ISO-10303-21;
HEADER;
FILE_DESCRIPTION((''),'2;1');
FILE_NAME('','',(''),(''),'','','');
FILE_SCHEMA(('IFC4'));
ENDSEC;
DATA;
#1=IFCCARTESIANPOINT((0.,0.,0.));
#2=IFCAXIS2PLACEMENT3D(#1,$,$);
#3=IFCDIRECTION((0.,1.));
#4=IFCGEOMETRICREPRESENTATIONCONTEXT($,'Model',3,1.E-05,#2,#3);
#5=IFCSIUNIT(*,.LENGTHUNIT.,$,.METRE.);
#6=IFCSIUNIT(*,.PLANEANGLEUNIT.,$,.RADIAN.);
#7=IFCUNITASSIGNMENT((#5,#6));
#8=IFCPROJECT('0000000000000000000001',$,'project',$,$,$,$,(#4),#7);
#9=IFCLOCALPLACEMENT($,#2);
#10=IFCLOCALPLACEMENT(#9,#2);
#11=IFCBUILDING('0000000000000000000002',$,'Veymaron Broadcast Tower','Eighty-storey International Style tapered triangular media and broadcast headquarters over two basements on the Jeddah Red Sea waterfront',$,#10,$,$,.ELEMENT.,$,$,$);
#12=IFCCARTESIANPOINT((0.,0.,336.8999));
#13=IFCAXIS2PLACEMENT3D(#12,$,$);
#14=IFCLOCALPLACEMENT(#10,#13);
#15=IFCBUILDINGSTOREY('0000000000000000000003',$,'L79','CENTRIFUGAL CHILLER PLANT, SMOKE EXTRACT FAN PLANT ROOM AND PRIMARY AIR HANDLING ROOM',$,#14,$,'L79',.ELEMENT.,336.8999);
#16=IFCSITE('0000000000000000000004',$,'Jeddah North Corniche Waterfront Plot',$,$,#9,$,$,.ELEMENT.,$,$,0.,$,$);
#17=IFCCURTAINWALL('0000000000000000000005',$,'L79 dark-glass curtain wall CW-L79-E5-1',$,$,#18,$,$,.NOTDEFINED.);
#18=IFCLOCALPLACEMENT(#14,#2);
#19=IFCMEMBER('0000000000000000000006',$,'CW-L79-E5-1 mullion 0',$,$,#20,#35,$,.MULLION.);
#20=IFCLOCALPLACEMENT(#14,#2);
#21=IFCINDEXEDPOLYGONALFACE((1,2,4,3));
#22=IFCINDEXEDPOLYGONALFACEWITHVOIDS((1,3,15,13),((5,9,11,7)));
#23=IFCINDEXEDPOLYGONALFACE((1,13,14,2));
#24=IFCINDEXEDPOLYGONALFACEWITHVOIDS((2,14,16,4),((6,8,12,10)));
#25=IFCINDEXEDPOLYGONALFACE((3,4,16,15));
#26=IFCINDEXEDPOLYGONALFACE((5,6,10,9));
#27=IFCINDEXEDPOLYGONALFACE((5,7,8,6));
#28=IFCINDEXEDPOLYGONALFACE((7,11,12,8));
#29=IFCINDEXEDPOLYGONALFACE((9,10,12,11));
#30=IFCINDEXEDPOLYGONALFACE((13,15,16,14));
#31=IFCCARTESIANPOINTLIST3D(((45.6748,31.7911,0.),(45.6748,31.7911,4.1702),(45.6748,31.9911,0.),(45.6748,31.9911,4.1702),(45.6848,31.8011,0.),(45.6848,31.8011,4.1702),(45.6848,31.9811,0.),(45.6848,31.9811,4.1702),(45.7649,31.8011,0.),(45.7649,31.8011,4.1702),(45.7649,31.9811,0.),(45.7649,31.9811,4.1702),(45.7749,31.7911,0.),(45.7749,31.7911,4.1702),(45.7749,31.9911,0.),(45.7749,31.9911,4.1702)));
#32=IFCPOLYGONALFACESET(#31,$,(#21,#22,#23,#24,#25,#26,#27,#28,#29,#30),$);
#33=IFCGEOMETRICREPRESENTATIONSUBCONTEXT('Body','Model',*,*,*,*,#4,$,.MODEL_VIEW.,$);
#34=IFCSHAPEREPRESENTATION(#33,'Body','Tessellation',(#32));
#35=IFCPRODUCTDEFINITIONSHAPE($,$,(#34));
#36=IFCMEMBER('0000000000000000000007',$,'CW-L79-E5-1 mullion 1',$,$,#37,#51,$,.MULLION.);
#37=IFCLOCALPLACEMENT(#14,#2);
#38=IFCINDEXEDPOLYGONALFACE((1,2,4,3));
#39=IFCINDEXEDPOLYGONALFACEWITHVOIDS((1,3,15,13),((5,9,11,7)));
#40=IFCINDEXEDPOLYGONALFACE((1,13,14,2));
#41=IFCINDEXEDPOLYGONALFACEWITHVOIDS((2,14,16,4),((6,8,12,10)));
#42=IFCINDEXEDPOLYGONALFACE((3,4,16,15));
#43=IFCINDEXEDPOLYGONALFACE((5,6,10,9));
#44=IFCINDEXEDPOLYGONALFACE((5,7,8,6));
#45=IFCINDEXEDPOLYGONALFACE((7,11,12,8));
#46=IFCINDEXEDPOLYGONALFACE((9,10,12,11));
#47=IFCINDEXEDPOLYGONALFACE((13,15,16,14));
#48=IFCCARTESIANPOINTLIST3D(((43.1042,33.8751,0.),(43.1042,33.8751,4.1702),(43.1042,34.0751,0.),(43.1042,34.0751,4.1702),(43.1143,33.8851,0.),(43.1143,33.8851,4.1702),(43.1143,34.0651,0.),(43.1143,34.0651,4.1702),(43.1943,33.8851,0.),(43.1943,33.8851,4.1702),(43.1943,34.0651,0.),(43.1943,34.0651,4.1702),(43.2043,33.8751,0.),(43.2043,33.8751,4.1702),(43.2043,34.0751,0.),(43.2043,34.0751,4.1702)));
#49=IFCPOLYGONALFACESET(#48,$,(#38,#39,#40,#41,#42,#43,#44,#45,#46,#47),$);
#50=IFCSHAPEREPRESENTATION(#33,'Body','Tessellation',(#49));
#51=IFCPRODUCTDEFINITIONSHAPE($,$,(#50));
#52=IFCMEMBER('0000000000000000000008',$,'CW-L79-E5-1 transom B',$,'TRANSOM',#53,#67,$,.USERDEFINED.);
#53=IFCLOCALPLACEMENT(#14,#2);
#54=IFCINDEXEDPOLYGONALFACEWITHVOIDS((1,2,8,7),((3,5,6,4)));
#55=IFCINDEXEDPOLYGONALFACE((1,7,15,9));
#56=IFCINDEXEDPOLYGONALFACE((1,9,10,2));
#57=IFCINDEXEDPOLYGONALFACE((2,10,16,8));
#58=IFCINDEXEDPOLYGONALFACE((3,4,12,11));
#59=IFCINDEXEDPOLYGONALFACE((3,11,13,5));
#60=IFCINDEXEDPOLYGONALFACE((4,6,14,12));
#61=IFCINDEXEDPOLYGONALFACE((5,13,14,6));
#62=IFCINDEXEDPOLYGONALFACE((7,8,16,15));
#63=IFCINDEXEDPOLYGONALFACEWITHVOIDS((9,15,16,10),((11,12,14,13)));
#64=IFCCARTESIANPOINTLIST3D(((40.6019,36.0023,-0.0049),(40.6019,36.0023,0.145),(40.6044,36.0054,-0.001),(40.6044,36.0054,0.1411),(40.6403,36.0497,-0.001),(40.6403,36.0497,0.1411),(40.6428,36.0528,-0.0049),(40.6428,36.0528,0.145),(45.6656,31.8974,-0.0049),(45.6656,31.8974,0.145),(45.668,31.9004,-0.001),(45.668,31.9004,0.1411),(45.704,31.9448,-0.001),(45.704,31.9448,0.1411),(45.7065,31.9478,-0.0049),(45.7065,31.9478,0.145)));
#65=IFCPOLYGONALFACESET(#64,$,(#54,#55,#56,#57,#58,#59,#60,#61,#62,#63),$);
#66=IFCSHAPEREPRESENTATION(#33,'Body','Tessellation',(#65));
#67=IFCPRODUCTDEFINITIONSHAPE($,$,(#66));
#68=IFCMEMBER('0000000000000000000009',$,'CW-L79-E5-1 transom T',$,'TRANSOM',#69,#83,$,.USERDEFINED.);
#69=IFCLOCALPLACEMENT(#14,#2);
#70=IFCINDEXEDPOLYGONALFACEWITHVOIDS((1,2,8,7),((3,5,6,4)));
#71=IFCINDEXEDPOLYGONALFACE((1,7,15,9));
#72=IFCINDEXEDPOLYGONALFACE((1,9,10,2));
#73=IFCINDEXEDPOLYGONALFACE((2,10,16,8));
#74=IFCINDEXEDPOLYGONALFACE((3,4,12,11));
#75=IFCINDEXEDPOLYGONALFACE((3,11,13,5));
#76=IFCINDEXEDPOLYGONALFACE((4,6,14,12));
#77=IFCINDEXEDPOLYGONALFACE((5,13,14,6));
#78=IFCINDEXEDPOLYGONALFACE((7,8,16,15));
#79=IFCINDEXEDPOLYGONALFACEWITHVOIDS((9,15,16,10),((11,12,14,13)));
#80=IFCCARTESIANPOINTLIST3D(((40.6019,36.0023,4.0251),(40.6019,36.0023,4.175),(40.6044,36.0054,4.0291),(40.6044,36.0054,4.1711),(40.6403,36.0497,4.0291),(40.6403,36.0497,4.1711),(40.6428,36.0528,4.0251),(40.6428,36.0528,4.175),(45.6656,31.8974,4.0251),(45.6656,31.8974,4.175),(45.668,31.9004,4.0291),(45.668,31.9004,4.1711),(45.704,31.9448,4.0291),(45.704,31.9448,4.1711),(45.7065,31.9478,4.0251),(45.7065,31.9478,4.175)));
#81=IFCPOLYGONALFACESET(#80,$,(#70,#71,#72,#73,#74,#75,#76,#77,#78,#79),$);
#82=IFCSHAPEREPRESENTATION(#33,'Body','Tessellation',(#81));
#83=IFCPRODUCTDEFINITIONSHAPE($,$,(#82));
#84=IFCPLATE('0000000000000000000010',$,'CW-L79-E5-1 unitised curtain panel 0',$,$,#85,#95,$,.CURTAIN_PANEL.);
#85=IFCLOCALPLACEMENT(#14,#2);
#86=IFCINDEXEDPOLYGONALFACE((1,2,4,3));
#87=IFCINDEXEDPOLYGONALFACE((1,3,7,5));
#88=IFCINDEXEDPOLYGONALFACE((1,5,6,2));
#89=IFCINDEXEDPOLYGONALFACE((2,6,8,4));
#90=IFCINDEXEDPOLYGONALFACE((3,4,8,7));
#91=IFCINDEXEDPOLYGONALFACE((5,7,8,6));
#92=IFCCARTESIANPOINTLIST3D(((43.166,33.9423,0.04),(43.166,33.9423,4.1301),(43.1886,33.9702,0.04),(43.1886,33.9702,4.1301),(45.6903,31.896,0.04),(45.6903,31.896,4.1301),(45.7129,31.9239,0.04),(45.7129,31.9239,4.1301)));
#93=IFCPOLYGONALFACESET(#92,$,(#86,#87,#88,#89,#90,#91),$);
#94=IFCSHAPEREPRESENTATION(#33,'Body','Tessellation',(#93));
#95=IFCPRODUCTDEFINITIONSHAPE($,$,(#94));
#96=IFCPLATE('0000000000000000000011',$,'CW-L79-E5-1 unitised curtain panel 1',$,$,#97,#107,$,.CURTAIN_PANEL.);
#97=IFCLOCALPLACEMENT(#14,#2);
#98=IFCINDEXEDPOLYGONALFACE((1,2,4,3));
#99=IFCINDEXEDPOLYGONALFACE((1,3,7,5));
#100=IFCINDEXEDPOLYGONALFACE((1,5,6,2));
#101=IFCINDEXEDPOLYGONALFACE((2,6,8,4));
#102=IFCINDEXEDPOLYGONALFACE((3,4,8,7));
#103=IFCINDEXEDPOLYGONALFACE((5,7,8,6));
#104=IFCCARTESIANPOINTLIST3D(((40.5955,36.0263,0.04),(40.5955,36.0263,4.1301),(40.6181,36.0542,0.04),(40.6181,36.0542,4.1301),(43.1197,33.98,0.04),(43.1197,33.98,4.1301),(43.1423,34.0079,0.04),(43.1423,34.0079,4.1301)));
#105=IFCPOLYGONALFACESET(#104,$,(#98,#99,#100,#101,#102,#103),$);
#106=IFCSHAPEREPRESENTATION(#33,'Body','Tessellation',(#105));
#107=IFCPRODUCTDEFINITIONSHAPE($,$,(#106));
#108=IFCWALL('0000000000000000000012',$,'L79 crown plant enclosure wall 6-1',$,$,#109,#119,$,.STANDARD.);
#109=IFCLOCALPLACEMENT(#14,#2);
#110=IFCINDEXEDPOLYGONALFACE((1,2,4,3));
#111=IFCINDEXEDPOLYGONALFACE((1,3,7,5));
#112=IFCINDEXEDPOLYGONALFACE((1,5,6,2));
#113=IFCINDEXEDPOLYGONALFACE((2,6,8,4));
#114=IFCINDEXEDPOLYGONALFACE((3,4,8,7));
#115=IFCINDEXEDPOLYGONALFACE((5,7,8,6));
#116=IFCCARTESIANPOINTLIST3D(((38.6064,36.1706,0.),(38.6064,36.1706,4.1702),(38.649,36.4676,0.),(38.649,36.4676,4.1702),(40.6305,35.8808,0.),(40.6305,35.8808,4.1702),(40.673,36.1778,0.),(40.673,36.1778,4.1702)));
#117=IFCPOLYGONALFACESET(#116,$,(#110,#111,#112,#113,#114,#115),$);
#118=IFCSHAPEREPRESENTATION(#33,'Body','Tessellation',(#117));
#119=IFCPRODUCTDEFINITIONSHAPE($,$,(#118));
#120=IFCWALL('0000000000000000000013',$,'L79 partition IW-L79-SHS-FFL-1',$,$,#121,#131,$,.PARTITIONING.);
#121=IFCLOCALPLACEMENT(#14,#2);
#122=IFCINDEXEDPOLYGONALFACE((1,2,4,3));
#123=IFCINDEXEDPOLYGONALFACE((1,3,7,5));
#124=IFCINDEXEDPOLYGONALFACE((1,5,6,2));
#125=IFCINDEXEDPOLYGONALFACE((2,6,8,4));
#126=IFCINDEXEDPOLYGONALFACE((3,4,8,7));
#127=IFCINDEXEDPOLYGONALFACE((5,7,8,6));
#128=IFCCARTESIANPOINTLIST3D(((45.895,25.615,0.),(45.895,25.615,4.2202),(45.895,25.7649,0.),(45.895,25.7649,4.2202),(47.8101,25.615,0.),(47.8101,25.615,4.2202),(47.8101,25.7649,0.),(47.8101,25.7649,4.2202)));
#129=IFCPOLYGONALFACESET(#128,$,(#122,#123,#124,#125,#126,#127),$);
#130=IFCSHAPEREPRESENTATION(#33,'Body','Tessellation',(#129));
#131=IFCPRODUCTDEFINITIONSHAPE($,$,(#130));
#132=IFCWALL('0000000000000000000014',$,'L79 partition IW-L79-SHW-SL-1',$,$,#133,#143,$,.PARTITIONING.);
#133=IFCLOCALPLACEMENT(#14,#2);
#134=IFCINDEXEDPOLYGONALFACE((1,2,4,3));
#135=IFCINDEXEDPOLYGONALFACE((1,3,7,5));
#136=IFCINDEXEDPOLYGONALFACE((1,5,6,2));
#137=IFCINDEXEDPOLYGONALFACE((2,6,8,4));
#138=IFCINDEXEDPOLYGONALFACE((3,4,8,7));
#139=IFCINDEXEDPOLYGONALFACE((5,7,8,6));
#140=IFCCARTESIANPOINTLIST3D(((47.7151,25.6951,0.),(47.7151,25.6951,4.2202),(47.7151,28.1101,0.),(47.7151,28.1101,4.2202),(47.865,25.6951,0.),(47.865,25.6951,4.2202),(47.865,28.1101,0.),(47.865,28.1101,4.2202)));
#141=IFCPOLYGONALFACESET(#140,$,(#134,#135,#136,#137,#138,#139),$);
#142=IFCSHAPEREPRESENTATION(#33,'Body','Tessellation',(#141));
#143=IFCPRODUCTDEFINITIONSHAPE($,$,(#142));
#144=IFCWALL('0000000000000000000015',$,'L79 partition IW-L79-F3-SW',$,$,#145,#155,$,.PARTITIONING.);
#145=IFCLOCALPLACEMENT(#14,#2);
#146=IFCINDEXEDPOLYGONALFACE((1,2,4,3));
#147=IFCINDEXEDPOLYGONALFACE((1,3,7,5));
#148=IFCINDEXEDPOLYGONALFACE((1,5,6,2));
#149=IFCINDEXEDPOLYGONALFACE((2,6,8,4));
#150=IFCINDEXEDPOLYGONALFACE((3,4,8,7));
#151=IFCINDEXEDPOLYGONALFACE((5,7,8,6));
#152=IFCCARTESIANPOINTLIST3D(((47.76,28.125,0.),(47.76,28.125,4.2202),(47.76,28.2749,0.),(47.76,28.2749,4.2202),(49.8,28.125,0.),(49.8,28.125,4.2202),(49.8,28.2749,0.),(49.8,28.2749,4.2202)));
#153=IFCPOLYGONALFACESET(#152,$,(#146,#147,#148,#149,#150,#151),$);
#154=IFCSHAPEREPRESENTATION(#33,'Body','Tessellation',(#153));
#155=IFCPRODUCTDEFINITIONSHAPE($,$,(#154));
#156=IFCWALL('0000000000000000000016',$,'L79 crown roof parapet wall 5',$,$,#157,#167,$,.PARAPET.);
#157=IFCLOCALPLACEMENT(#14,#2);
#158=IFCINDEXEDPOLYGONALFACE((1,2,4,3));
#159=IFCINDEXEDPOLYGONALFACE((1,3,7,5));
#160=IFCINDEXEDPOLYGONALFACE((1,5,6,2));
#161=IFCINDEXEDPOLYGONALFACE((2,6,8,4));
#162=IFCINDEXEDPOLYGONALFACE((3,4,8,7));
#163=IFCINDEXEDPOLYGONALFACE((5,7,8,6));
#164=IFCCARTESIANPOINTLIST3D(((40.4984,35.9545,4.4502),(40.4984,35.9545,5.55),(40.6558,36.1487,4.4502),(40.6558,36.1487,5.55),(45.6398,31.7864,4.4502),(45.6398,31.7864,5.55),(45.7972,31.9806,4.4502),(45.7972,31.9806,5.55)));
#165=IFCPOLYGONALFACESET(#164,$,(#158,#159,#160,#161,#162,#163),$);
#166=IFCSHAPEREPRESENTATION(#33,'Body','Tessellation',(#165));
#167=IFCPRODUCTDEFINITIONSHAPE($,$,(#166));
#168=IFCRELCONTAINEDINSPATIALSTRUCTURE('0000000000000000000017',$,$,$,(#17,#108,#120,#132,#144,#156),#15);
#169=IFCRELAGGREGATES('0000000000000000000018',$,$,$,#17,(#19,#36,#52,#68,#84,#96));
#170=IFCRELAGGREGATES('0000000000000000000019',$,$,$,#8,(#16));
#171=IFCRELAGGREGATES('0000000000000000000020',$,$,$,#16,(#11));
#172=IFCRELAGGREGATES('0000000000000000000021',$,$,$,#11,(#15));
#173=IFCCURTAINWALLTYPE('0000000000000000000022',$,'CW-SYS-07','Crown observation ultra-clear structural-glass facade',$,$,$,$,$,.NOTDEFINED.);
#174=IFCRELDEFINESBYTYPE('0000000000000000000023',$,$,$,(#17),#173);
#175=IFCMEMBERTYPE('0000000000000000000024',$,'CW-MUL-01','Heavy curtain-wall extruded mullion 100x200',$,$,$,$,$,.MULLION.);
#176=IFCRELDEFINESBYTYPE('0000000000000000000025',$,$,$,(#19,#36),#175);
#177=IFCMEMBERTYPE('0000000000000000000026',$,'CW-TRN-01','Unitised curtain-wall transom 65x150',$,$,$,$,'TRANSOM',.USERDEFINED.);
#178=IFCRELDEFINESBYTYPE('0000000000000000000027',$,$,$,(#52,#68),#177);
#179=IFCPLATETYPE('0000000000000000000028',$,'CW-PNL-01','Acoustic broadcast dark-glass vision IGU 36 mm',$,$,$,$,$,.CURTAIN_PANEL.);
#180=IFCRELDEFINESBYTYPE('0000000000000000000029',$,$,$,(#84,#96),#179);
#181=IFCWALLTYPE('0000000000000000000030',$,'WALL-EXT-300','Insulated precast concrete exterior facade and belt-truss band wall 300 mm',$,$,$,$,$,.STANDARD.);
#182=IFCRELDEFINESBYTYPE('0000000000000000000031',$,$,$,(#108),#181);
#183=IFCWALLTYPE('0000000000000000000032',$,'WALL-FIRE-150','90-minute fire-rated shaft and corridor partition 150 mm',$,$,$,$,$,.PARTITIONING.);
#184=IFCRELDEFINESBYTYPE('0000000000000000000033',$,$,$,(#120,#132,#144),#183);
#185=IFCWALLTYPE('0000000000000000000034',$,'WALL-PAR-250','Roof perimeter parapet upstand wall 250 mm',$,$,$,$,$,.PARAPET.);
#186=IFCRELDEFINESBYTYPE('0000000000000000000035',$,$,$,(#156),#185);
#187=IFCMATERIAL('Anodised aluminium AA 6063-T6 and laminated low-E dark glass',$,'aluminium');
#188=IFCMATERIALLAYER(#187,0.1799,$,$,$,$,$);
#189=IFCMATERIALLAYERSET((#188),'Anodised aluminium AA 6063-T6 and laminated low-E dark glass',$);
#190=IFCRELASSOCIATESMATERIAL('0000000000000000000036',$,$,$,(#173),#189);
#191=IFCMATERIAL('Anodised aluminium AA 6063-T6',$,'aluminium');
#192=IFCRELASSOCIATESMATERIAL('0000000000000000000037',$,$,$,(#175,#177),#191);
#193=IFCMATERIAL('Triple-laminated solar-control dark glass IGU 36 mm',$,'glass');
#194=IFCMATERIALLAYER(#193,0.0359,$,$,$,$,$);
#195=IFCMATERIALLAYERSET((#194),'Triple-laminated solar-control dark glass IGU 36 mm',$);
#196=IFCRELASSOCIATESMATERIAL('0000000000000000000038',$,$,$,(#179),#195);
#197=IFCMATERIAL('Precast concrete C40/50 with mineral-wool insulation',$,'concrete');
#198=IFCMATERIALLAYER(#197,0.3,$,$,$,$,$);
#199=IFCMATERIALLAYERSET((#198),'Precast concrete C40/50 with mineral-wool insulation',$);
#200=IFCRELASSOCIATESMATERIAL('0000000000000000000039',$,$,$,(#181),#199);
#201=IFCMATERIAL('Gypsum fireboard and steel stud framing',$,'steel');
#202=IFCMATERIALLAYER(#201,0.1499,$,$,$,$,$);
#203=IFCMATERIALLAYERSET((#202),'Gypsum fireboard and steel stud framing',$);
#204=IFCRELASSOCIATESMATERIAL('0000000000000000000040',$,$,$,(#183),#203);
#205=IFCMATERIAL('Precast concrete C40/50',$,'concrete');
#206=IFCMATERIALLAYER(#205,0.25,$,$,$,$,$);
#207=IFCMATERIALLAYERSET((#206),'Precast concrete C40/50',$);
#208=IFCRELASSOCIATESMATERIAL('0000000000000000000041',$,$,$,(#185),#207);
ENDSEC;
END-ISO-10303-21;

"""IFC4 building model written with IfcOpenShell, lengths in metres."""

from ifc_helpers import new_model, si_unit, direction, frame, frame_2d, origin, origin_2d, place, context, subcontext, project, spatial, rectangle, hollow_rectangle, extrude, material, layer, layer_set, material_profile, profile_set, type_object, element, aggregate, save


model = new_model("IFC4")

# Units and contexts
model_context = context("Model", 3, precision=1e-05, world=origin(), true_north=direction((0.0, 1.0)))
body_context = subcontext(model_context, "Body", "Model", "MODEL_VIEW")
ifc_project = project(units=[si_unit("LENGTHUNIT", "METRE"), si_unit("PLANEANGLEUNIT", "RADIAN")], contexts=[model_context])

# Site, building, storey
site_placement = place(None, origin())
site = spatial("IfcSite", under=ifc_project, at=site_placement, Name="Jeddah North Corniche Waterfront Plot", CompositionType="ELEMENT", RefElevation=0.0)
building_placement = place(site_placement, origin())
building = spatial("IfcBuilding", under=site, at=building_placement, Name="Veymaron Broadcast Tower", Description="Eighty-storey International Style tapered triangular media and broadcast headquarters over two basements on the Jeddah Red Sea waterfront", CompositionType="ELEMENT")
storey_placement = place(building_placement, frame((0.0, 0.0, 336.8999)))
storey = spatial("IfcBuildingStorey", under=building, at=storey_placement, Name="L79", Description="CENTRIFUGAL CHILLER PLANT, SMOKE EXTRACT FAN PLANT ROOM AND PRIMARY AIR HANDLING ROOM", LongName="L79", CompositionType="ELEMENT", Elevation=336.8999)

# Curtain wall, members, plates
ifc_material_1 = material(Name="Anodised aluminium AA 6063-T6 and laminated low-E dark glass", Category="aluminium")
ifc_layer_1 = layer(ifc_material_1, 0.1799)
ifc_layer_set_1 = layer_set([ifc_layer_1], Name="Anodised aluminium AA 6063-T6 and laminated low-E dark glass")
curtain_wall_type = type_object("IfcCurtainWallType", Name="CW-SYS-07", Description="Crown observation ultra-clear structural-glass facade", PredefinedType="NOTDEFINED", material=ifc_layer_set_1)
curtain_wall_placement = place(storey_placement, origin())
curtain_wall = element("IfcCurtainWall", 1, at=curtain_wall_placement, inside=storey, type_object=curtain_wall_type, Name="L79 dark-glass curtain wall CW-L79-E5-1", PredefinedType="NOTDEFINED")
ifc_material_2 = material(Name="Anodised aluminium AA 6063-T6", Category="aluminium")
ifc_material_profile_1 = material_profile(ifc_material_2, hollow_rectangle(XDim=0.1001, YDim=0.2, WallThickness=0.01, at=origin_2d()), Name="RHS200X100X10")
ifc_profile_set_1 = profile_set([ifc_material_profile_1], Name="Anodised aluminium AA 6063-T6")
member_type_1 = type_object("IfcMemberType", Name="CW-MUL-01", Description="Heavy curtain-wall extruded mullion 100x200", PredefinedType="MULLION", material=ifc_profile_set_1)
member_1_placement = place(storey_placement, frame((45.7249, 31.8911, 0.0), z_axis=(0.0, 0.0, 1.0), x_axis=(1.0, 0.0, 0.0)))
member_1 = element("IfcMember", 2, at=member_1_placement, type_object=member_type_1, Name="CW-L79-E5-1 mullion 0", PredefinedType="MULLION", context=body_context, shape_type="SweptSolid", body=[
    extrude(hollow_rectangle(XDim=0.1001, YDim=0.2, WallThickness=0.01, at=origin_2d()), origin(), (0.0, 0.0, 1.0), 4.1702),
])
member_2_placement = place(storey_placement, frame((43.1543, 33.9751, 0.0), z_axis=(0.0, 0.0, 1.0), x_axis=(1.0, 0.0, 0.0)))
member_2 = element("IfcMember", 3, at=member_2_placement, type_object=member_type_1, Name="CW-L79-E5-1 mullion 1", PredefinedType="MULLION", context=body_context, shape_type="SweptSolid", body=[
    extrude(hollow_rectangle(XDim=0.1001, YDim=0.2, WallThickness=0.01, at=origin_2d()), origin(), (0.0, 0.0, 1.0), 4.1702),
])
ifc_material_profile_2 = material_profile(ifc_material_2, hollow_rectangle(XDim=0.0649, YDim=0.1499, WallThickness=0.0039, at=origin_2d()), Name="AL150X65X4")
ifc_profile_set_2 = profile_set([ifc_material_profile_2], Name="Anodised aluminium AA 6063-T6")
member_type_2 = type_object("IfcMemberType", Name="CW-TRN-01", Description="Unitised curtain-wall transom 65x150", ElementType="TRANSOM", PredefinedType="USERDEFINED", material=ifc_profile_set_2)
member_3_placement = place(storey_placement, frame((45.686, 31.9226, 0.0701), z_axis=(-0.776811, 0.629734, 0.0), x_axis=(-0.629734, -0.776811, 0.0)))
member_3 = element("IfcMember", 4, at=member_3_placement, type_object=member_type_2, Name="CW-L79-E5-1 transom B", ObjectType="TRANSOM", PredefinedType="USERDEFINED", context=body_context, shape_type="SweptSolid", body=[
    extrude(hollow_rectangle(XDim=0.0649, YDim=0.1499, WallThickness=0.0039, at=origin_2d()), origin(), (0.0, 0.0, 1.0), 6.5186),
])
member_4_placement = place(storey_placement, frame((45.686, 31.9226, 4.1001), z_axis=(-0.776811, 0.629734, 0.0), x_axis=(-0.629734, -0.776811, 0.0)))
member_4 = element("IfcMember", 5, at=member_4_placement, type_object=member_type_2, Name="CW-L79-E5-1 transom T", ObjectType="TRANSOM", PredefinedType="USERDEFINED", context=body_context, shape_type="SweptSolid", body=[
    extrude(hollow_rectangle(XDim=0.0649, YDim=0.1499, WallThickness=0.0039, at=origin_2d()), origin(), (0.0, 0.0, 1.0), 6.5186),
])
ifc_material_3 = material(Name="Triple-laminated solar-control dark glass IGU 36 mm", Category="glass")
ifc_layer_2 = layer(ifc_material_3, 0.0359)
ifc_layer_set_2 = layer_set([ifc_layer_2], Name="Triple-laminated solar-control dark glass IGU 36 mm")
plate_type = type_object("IfcPlateType", Name="CW-PNL-01", Description="Acoustic broadcast dark-glass vision IGU 36 mm", PredefinedType="CURTAIN_PANEL", material=ifc_layer_set_2)
plate_1_placement = place(storey_placement, frame((44.4395, 32.9331, 0.04), z_axis=(0.0, 0.0, 1.0), x_axis=(-0.776816, 0.629727, 0.0)))
plate_1 = element("IfcPlate", 6, at=plate_1_placement, type_object=plate_type, Name="CW-L79-E5-1 unitised curtain panel 0", PredefinedType="CURTAIN_PANEL", context=body_context, shape_type="SweptSolid", body=[
    extrude(rectangle(XDim=3.2495, YDim=0.0359, at=origin_2d()), origin(), (0.0, 0.0, 1.0), 4.0901),
])
plate_2_placement = place(storey_placement, frame((41.8689, 35.0171, 0.04), z_axis=(0.0, 0.0, 1.0), x_axis=(-0.776816, 0.629727, 0.0)))
plate_2 = element("IfcPlate", 7, at=plate_2_placement, type_object=plate_type, Name="CW-L79-E5-1 unitised curtain panel 1", PredefinedType="CURTAIN_PANEL", context=body_context, shape_type="SweptSolid", body=[
    extrude(rectangle(XDim=3.2495, YDim=0.0359, at=origin_2d()), origin(), (0.0, 0.0, 1.0), 4.0901),
])
aggregate(curtain_wall, [member_1, member_2, member_3, member_4, plate_1, plate_2])

# Wall
ifc_material_4 = material(Name="Precast concrete C40/50 with mineral-wool insulation", Category="concrete")
ifc_layer_3 = layer(ifc_material_4, 0.3)
ifc_layer_set_3 = layer_set([ifc_layer_3], Name="Precast concrete C40/50 with mineral-wool insulation")
wall_type_1 = type_object("IfcWallType", Name="WALL-EXT-300", Description="Insulated precast concrete exterior facade and belt-truss band wall 300 mm", PredefinedType="STANDARD", material=ifc_layer_set_3)
wall_1_placement = place(storey_placement, frame((40.6519, 36.0293, 0.0), z_axis=(0.0, 0.0, 1.0), x_axis=(-0.989904, 0.141739, 0.0)))
element("IfcWall", 8, at=wall_1_placement, inside=storey, type_object=wall_type_1, Name="L79 crown plant enclosure wall 6-1", PredefinedType="STANDARD", context=body_context, shape_type="SweptSolid", body=[
    extrude(rectangle(XDim=2.0447, YDim=0.3, at=frame_2d((1.0225, 0.0))), origin(), (0.0, 0.0, 1.0), 4.1702),
])

# Shared definitions
ifc_material_5 = material(Name="Gypsum fireboard and steel stud framing", Category="steel")
ifc_layer_4 = layer(ifc_material_5, 0.1499)
ifc_layer_set_4 = layer_set([ifc_layer_4], Name="Gypsum fireboard and steel stud framing")
wall_type_2 = type_object("IfcWallType", Name="WALL-FIRE-150", Description="90-minute fire-rated shaft and corridor partition 150 mm", PredefinedType="PARTITIONING", material=ifc_layer_set_4)

# Wall
wall_2_placement = place(storey_placement, frame((45.895, 25.6899, 0.0), z_axis=(0.0, 0.0, 1.0), x_axis=(1.0, 0.0, 0.0)))
element("IfcWall", 9, at=wall_2_placement, inside=storey, type_object=wall_type_2, Name="L79 partition IW-L79-SHS-FFL-1", PredefinedType="PARTITIONING", context=body_context, shape_type="SweptSolid", body=[
    extrude(rectangle(XDim=1.915, YDim=0.1499, at=frame_2d((0.9575, 0.0))), origin(), (0.0, 0.0, 1.0), 4.2202),
])

# Walls
wall_3_placement = place(storey_placement, frame((47.79, 25.6951, 0.0), z_axis=(0.0, 0.0, 1.0), x_axis=(0.0, 1.0, 0.0)))
element("IfcWall", 10, at=wall_3_placement, inside=storey, type_object=wall_type_2, Name="L79 partition IW-L79-SHW-SL-1", PredefinedType="PARTITIONING", context=body_context, shape_type="SweptSolid", body=[
    extrude(rectangle(XDim=2.415, YDim=0.1499, at=frame_2d((1.2075, 0.0))), origin(), (0.0, 0.0, 1.0), 4.2202),
])
wall_4_placement = place(storey_placement, frame((47.76, 28.2, 0.0), z_axis=(0.0, 0.0, 1.0), x_axis=(1.0, 0.0, 0.0)))
element("IfcWall", 11, at=wall_4_placement, inside=storey, type_object=wall_type_2, Name="L79 partition IW-L79-F3-SW", PredefinedType="PARTITIONING", context=body_context, shape_type="SweptSolid", body=[
    extrude(rectangle(XDim=2.04, YDim=0.1499, at=frame_2d((1.02, 0.0))), origin(), (0.0, 0.0, 1.0), 4.2202),
])
ifc_material_6 = material(Name="Precast concrete C40/50", Category="concrete")
ifc_layer_5 = layer(ifc_material_6, 0.25)
ifc_layer_set_5 = layer_set([ifc_layer_5], Name="Precast concrete C40/50")
wall_type_3 = type_object("IfcWallType", Name="WALL-PAR-250", Description="Roof perimeter parapet upstand wall 250 mm", PredefinedType="PARAPET", material=ifc_layer_set_5)
wall_5_placement = place(storey_placement, frame((45.7185, 31.8835, 4.4502), z_axis=(0.0, 0.0, 1.0), x_axis=(-0.776807, 0.629738, 0.0)))
element("IfcWall", 12, at=wall_5_placement, inside=storey, type_object=wall_type_3, Name="L79 crown roof parapet wall 5", PredefinedType="PARAPET", context=body_context, shape_type="SweptSolid", body=[
    extrude(rectangle(XDim=6.6187, YDim=0.25, at=frame_2d((3.3093, 0.0))), origin(), (0.0, 0.0, 1.0), 1.0999),
])

save(model, "model.ifc")
